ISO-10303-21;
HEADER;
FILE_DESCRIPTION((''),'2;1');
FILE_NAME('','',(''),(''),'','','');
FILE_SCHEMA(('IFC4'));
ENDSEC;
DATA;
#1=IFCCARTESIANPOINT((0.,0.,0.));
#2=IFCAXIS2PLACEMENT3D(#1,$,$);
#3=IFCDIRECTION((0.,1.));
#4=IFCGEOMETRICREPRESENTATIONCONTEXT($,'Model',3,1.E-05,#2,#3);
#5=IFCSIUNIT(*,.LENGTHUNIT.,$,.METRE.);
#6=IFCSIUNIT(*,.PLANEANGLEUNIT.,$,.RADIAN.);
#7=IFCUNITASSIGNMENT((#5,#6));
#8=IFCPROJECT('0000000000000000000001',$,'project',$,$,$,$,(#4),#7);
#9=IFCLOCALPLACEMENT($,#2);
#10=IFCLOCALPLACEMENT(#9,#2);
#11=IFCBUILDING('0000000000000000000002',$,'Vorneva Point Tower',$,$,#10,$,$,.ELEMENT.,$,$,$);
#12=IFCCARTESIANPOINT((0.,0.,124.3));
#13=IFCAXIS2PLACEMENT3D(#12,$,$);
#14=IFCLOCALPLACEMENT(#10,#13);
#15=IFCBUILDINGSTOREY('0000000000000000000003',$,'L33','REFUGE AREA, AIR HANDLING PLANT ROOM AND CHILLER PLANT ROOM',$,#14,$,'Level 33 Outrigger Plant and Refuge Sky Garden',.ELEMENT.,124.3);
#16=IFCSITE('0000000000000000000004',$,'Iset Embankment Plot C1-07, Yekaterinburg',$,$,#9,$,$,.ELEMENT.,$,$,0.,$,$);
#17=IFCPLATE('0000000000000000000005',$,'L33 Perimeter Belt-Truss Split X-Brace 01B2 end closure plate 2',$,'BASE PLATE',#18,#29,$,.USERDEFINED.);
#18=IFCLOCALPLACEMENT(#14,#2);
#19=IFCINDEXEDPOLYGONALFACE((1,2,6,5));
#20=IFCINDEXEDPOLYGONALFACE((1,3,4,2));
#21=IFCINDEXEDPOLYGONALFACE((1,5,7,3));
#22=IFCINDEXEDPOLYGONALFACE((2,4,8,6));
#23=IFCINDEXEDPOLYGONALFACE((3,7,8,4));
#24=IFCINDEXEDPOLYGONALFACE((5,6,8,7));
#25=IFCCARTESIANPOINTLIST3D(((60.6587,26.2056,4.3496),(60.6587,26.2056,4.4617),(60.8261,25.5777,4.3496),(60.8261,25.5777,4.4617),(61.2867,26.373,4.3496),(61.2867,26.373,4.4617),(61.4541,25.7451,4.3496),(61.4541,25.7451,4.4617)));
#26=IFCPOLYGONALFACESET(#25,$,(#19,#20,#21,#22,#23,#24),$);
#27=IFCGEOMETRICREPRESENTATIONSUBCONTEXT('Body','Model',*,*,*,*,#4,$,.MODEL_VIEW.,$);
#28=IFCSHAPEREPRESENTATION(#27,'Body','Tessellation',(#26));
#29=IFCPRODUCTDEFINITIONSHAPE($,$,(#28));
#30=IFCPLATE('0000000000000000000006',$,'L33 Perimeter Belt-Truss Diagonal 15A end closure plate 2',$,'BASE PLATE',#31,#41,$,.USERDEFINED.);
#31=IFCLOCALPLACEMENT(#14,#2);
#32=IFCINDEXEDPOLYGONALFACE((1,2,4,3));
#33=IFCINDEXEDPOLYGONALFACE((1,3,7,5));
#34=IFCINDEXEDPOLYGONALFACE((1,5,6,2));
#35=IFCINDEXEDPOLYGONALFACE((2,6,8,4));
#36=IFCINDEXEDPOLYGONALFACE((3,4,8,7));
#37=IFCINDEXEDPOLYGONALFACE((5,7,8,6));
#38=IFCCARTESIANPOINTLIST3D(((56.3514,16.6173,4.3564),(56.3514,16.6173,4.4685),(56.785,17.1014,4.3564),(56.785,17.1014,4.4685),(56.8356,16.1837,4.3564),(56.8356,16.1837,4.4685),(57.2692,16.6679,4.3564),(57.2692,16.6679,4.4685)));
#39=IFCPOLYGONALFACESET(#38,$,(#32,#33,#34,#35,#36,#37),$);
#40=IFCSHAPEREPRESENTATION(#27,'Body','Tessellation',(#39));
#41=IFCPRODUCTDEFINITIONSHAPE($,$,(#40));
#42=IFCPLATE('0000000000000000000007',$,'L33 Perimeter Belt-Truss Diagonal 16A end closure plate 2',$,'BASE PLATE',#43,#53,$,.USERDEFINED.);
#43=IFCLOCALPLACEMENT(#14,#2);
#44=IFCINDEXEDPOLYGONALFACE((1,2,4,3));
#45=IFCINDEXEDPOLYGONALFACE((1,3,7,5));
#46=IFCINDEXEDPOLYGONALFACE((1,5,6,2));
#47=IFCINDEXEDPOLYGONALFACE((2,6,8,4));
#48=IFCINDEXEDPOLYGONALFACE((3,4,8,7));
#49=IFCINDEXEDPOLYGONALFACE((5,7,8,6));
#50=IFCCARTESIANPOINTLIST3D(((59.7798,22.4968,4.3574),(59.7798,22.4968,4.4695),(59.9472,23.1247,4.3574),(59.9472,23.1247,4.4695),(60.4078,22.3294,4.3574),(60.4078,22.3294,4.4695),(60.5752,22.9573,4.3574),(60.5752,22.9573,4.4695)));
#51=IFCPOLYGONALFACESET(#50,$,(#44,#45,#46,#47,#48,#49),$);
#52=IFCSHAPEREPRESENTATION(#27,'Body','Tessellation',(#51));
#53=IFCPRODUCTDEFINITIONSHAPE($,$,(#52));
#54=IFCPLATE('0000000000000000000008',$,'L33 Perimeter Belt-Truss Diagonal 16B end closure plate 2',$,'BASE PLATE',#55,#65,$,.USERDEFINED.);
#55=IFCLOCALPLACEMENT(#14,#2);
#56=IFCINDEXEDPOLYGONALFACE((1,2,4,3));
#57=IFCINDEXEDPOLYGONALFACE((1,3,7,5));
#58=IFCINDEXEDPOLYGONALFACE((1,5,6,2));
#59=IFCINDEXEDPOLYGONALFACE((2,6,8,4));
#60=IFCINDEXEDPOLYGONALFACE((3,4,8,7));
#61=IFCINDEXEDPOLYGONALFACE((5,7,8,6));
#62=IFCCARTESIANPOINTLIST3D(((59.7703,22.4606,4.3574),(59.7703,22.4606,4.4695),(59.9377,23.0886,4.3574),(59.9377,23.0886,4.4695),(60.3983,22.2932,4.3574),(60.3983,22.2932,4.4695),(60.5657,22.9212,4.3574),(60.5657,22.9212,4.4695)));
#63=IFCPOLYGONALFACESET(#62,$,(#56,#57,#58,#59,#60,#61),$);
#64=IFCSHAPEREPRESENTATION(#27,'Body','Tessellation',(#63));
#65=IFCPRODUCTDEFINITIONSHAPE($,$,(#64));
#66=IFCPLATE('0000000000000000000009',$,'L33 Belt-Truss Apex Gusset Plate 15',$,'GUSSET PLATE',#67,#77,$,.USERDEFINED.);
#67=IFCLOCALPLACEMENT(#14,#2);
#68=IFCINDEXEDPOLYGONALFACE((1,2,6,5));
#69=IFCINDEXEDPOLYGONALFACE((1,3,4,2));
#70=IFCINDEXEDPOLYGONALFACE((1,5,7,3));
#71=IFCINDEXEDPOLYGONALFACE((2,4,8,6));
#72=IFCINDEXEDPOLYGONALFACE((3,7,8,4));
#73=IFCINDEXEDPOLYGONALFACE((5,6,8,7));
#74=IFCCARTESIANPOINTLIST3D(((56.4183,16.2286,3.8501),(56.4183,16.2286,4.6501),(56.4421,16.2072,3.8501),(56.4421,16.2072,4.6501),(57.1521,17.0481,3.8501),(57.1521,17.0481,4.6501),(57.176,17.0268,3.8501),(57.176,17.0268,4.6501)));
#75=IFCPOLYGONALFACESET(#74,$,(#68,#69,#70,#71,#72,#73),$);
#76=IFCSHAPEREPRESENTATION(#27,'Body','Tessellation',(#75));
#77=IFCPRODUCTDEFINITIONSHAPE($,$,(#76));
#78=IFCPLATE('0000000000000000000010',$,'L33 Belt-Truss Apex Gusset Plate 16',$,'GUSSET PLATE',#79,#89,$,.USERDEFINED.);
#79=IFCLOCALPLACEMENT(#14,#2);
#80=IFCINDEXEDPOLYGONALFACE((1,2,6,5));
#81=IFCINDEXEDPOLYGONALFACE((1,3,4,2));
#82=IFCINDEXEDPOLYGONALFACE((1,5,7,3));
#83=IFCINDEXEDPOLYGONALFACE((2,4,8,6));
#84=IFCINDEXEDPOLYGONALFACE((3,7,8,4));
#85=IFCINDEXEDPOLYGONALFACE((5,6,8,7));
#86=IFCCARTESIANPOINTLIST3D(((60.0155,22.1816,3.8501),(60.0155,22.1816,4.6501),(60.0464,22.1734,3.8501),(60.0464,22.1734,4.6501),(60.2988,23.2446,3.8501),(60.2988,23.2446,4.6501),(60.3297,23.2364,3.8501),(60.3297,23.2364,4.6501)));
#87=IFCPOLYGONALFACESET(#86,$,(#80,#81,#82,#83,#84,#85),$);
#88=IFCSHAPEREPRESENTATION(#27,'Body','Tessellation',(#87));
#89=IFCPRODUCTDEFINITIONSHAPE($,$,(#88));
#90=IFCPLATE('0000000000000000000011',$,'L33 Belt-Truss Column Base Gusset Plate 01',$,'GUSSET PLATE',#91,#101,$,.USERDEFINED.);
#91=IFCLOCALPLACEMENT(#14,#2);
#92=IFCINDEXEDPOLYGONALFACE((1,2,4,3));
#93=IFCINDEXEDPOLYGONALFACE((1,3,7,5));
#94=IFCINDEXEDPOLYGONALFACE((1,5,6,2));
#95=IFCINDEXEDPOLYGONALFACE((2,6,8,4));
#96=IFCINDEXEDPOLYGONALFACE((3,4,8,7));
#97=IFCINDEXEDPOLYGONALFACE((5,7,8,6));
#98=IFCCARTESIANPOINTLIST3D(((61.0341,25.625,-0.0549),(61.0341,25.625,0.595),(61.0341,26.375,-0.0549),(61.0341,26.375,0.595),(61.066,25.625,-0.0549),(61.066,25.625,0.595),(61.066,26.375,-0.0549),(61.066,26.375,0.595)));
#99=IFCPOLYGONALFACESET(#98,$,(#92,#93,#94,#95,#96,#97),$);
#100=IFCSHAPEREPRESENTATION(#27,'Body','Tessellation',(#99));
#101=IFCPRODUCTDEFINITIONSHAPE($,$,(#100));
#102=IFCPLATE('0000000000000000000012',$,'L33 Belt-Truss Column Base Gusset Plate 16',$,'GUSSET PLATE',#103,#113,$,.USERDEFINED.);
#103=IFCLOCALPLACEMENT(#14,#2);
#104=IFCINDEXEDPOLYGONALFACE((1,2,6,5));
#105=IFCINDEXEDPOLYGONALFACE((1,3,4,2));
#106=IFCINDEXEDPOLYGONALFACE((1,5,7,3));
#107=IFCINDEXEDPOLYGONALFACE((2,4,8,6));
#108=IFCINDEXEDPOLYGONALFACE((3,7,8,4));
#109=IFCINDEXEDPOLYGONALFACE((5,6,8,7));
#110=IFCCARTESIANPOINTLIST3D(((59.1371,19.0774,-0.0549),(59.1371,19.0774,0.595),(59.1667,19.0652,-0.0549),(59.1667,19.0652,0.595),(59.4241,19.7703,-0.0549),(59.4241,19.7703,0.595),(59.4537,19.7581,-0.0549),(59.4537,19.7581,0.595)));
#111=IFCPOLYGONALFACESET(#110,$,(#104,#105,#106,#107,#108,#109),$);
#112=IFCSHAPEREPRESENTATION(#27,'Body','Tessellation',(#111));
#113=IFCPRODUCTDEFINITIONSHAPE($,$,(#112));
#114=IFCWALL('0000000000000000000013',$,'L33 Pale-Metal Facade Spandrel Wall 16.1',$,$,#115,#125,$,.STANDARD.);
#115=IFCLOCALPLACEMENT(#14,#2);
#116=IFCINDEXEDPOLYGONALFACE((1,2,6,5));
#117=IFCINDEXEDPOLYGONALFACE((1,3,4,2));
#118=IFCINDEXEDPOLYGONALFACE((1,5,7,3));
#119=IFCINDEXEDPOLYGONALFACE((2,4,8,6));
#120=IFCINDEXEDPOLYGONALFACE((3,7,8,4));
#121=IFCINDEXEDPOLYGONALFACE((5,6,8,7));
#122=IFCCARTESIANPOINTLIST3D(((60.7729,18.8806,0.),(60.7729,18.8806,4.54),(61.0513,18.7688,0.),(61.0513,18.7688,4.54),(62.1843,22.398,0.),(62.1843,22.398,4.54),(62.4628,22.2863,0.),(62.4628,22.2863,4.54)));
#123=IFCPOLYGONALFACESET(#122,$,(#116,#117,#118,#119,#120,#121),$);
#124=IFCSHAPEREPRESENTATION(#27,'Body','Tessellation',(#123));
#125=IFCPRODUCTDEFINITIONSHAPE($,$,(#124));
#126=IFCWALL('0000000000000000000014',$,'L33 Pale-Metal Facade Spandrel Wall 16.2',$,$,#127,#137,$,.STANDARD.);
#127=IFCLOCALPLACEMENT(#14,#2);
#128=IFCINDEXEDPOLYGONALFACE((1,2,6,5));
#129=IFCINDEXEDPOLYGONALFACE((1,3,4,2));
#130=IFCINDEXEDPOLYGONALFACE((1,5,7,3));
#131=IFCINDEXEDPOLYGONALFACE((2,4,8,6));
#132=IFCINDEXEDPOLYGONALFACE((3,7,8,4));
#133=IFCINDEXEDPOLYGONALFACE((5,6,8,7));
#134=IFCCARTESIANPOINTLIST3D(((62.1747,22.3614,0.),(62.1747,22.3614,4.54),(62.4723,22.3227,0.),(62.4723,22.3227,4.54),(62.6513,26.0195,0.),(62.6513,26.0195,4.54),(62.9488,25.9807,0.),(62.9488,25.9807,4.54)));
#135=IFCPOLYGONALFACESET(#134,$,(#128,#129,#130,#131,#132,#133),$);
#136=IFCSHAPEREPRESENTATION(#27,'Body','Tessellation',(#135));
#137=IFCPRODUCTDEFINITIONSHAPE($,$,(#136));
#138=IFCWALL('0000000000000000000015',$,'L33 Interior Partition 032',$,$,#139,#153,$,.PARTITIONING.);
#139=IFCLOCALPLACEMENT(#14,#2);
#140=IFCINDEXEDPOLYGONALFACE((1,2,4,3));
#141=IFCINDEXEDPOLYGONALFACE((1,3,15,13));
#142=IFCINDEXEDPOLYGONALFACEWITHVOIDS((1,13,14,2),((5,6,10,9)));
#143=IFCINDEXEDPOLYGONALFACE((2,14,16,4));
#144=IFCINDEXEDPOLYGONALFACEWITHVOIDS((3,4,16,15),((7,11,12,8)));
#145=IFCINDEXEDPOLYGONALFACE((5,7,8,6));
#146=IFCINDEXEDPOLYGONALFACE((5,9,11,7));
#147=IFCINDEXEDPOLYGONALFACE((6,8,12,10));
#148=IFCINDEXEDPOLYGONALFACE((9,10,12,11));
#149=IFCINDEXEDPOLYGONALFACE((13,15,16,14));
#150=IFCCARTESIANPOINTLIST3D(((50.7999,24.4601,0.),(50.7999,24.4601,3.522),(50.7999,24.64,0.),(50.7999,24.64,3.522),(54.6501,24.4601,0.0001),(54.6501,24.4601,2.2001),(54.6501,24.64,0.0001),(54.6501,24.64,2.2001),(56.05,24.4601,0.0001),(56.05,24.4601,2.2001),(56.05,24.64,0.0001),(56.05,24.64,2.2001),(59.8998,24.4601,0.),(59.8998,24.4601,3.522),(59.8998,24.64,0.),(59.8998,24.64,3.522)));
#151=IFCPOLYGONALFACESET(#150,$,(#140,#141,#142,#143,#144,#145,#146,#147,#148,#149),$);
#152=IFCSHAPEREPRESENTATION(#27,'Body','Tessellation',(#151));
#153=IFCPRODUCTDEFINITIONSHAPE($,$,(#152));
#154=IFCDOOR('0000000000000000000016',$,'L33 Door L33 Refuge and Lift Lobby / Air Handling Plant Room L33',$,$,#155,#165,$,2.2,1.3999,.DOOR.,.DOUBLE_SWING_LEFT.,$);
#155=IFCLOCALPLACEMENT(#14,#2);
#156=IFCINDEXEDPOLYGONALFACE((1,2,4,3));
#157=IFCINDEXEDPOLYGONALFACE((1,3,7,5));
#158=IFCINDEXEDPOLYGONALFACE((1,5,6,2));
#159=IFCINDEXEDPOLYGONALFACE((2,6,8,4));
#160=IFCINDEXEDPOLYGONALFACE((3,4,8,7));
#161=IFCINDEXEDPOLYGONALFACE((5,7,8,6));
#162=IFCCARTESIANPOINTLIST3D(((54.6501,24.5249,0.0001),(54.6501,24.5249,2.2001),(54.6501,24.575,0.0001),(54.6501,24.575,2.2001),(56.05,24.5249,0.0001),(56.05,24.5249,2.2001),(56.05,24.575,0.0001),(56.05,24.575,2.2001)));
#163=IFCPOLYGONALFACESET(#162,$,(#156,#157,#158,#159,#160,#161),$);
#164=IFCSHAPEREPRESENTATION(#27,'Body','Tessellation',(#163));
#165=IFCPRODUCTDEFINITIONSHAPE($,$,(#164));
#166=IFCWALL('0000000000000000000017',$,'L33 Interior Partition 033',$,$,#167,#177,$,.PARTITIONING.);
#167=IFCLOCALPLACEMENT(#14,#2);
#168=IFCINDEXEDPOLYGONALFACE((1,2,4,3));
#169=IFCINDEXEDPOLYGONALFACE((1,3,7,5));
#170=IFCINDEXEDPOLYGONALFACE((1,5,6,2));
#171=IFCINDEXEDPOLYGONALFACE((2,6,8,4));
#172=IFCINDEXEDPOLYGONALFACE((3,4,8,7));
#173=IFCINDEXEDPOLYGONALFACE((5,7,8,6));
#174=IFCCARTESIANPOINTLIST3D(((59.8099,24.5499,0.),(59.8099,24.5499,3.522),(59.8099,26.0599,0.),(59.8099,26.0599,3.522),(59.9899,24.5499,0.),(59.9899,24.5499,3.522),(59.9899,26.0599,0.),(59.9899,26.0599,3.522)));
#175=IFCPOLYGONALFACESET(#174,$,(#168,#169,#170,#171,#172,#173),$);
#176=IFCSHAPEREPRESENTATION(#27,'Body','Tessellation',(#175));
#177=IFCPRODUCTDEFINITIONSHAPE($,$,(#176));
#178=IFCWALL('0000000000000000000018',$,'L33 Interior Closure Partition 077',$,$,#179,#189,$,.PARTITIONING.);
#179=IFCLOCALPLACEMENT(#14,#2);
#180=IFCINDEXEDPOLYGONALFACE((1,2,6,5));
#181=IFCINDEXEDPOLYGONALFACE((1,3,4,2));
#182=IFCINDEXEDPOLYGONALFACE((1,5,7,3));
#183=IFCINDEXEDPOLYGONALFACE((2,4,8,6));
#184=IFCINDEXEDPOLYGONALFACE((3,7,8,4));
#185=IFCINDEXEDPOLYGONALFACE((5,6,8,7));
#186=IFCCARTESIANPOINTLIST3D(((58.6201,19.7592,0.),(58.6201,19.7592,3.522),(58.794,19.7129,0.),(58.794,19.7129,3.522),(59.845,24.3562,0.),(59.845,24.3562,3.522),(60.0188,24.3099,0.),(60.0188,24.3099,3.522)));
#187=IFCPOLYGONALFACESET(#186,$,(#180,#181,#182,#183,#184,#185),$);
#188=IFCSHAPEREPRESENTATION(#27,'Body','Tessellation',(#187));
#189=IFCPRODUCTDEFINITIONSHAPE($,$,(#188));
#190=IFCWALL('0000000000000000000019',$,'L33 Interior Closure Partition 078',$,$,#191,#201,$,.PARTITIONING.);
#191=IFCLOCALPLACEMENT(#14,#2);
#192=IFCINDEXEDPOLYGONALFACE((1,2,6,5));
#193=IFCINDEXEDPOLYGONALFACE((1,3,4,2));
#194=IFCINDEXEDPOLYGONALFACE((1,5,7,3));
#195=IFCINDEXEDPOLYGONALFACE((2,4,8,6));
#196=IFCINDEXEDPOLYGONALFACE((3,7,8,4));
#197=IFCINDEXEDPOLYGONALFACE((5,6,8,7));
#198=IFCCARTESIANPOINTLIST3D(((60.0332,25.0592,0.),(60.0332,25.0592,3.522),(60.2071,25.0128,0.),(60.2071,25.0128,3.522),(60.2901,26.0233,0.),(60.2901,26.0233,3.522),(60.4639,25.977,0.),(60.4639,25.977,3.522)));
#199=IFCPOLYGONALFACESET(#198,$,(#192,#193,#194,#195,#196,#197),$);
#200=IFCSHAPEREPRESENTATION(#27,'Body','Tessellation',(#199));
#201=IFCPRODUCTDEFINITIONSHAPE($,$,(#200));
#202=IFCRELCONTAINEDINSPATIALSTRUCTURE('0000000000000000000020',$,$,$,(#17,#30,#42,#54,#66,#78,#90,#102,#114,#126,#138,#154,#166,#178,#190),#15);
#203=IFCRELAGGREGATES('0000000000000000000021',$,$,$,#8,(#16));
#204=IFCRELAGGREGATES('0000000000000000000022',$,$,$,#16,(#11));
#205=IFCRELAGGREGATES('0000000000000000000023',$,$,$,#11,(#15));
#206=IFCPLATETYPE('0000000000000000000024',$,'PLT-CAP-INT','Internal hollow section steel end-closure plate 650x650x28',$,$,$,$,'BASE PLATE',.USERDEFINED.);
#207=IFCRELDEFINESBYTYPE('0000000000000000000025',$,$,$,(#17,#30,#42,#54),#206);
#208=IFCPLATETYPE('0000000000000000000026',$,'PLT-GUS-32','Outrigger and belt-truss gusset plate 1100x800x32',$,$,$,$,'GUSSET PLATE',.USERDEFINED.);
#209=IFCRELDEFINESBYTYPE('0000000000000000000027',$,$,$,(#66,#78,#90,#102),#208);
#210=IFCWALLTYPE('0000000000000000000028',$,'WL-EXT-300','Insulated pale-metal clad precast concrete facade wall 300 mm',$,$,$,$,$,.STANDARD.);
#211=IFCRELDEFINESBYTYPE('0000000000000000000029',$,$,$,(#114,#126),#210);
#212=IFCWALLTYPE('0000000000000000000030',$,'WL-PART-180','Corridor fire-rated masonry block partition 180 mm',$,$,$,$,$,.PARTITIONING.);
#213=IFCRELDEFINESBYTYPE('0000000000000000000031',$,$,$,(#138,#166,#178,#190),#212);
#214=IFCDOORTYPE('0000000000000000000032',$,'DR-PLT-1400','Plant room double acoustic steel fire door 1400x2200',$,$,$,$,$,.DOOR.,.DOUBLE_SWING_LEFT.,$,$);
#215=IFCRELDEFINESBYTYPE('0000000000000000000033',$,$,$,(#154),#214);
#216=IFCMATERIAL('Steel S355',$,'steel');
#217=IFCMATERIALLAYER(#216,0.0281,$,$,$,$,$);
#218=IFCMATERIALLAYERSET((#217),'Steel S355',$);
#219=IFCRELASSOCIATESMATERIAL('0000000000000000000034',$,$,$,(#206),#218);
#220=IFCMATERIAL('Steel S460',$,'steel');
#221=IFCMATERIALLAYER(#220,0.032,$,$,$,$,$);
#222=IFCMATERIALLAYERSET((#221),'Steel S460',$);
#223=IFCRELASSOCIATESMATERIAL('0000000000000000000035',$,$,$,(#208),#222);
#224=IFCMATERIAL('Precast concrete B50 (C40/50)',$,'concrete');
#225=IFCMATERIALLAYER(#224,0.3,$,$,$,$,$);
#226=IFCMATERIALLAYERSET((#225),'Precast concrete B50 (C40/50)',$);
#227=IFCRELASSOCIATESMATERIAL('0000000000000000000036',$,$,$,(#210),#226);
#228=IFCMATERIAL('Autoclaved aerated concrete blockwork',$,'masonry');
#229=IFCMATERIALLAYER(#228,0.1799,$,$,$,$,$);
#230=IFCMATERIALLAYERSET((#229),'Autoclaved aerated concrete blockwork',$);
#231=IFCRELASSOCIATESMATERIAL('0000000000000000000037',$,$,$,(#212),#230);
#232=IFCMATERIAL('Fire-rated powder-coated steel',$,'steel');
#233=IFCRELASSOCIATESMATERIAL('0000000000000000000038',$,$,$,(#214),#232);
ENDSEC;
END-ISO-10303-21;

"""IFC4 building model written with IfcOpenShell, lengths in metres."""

from ifc_helpers import new_model, si_unit, direction, frame, frame_2d, origin, origin_2d, place, context, subcontext, project, spatial, rectangle, extrude, material, layer, layer_set, type_object, element, fill, save


model = new_model("IFC4")

# Units and contexts
model_context = context("Model", 3, precision=1e-05, world=origin(), true_north=direction((0.0, 1.0)))
body_context = subcontext(model_context, "Body", "Model", "MODEL_VIEW")
ifc_project = project(units=[si_unit("LENGTHUNIT", "METRE"), si_unit("PLANEANGLEUNIT", "RADIAN")], contexts=[model_context])

# Site, building, storey
site_placement = place(None, origin())
site = spatial("IfcSite", under=ifc_project, at=site_placement, Name="Iset Embankment Plot C1-07, Yekaterinburg", CompositionType="ELEMENT", RefElevation=0.0)
building_placement = place(site_placement, origin())
building = spatial("IfcBuilding", under=site, at=building_placement, Name="Vorneva Point Tower", CompositionType="ELEMENT")
storey_placement = place(building_placement, frame((0.0, 0.0, 124.3)))
storey = spatial("IfcBuildingStorey", under=building, at=storey_placement, Name="L33", Description="REFUGE AREA, AIR HANDLING PLANT ROOM AND CHILLER PLANT ROOM", LongName="Level 33 Outrigger Plant and Refuge Sky Garden", CompositionType="ELEMENT", Elevation=124.3)

# Shared definitions
ifc_material_1 = material(Name="Steel S460", Category="steel")
ifc_material_2 = material(Name="Steel S355", Category="steel")

# Plates
ifc_layer_1 = layer(ifc_material_2, 0.0281)
ifc_layer_set_1 = layer_set([ifc_layer_1], Name="Steel S355")
plate_type_1 = type_object("IfcPlateType", Name="PLT-CAP-INT", Description="Internal hollow section steel end-closure plate 650x650x28", ElementType="BASE PLATE", PredefinedType="USERDEFINED", material=ifc_layer_set_1)
for number, where, z_axis, x_axis, name in (
    (1, (61.0564, 25.9753, 4.3496), (0.0, 0.0, 1.0), (0.257571, -0.966259, 0.0), "L33 Perimeter Belt-Truss Split X-Brace 01B2 end closure plate 2"),
    (2, (56.8103, 16.6426, 4.3564), (0.0, 0.0, 1.0), (0.667092, 0.744976, 0.0), "L33 Perimeter Belt-Truss Diagonal 15A end closure plate 2"),
    (3, (60.1775, 22.7271, 4.3574), (0.0, 0.0, 1.0), (0.257571, 0.966259, 0.0), "L33 Perimeter Belt-Truss Diagonal 16A end closure plate 2"),
    (4, (60.168, 22.6909, 4.3574), (0.0, 0.0, 1.0), (-0.257571, -0.966259, 0.0), "L33 Perimeter Belt-Truss Diagonal 16B end closure plate 2"),
):
    element("IfcPlate", number, at=place(storey_placement, frame(where, z_axis=z_axis, x_axis=x_axis)), inside=storey, type_object=plate_type_1, Name=name, ObjectType="BASE PLATE", PredefinedType="USERDEFINED", context=body_context, shape_type="SweptSolid", body=[
        extrude(rectangle(XDim=0.6499, YDim=0.6499, at=origin_2d()), origin(), (0.0, 0.0, 1.0), 0.1121),
    ])
ifc_layer_2 = layer(ifc_material_1, 0.032)
ifc_layer_set_2 = layer_set([ifc_layer_2], Name="Steel S460")
plate_type_2 = type_object("IfcPlateType", Name="PLT-GUS-32", Description="Outrigger and belt-truss gusset plate 1100x800x32", ElementType="GUSSET PLATE", PredefinedType="USERDEFINED", material=ifc_layer_set_2)
for number, where, z_axis, x_axis, name in (
    (5, (56.7971, 16.6277, 3.8501), (0.0, 0.0, 1.0), (0.667092, 0.744976, 0.0), "L33 Belt-Truss Apex Gusset Plate 15"),
    (6, (60.1726, 22.709, 3.8501), (0.0, 0.0, 1.0), (0.257571, 0.966259, 0.0), "L33 Belt-Truss Apex Gusset Plate 16"),
):
    element("IfcPlate", number, at=place(storey_placement, frame(where, z_axis=z_axis, x_axis=x_axis)), inside=storey, type_object=plate_type_2, Name=name, ObjectType="GUSSET PLATE", PredefinedType="USERDEFINED", context=body_context, shape_type="SweptSolid", body=[
        extrude(rectangle(XDim=1.1001, YDim=0.032, at=origin_2d()), origin(), (0.0, 0.0, 1.0), 0.8),
    ])
for number, where, z_axis, x_axis, name in (
    (7, (61.05, 26.0, -0.0549), (0.0, 0.0, 1.0), (0.0, 1.0, 0.0), "L33 Belt-Truss Column Base Gusset Plate 01"),
    (8, (59.2954, 19.4177, -0.0549), (0.0, 0.0, 1.0), (0.382683, 0.92388, 0.0), "L33 Belt-Truss Column Base Gusset Plate 16"),
):
    element("IfcPlate", number, at=place(storey_placement, frame(where, z_axis=z_axis, x_axis=x_axis)), inside=storey, type_object=plate_type_2, Name=name, ObjectType="GUSSET PLATE", PredefinedType="USERDEFINED", context=body_context, shape_type="SweptSolid", body=[
        extrude(rectangle(XDim=0.75, YDim=0.032, at=origin_2d()), origin(), (0.0, 0.0, 1.0), 0.6499),
    ])

# Walls
ifc_material_3 = material(Name="Precast concrete B50 (C40/50)", Category="concrete")
ifc_layer_3 = layer(ifc_material_3, 0.3)
ifc_layer_set_3 = layer_set([ifc_layer_3], Name="Precast concrete B50 (C40/50)")
wall_type_1 = type_object("IfcWallType", Name="WL-EXT-300", Description="Insulated pale-metal clad precast concrete facade wall 300 mm", PredefinedType="STANDARD", material=ifc_layer_set_3)
wall_1_placement = place(storey_placement, frame((60.9121, 18.8247, 0.0), z_axis=(0.0, 0.0, 1.0), x_axis=(0.372401, 0.928072, 0.0)))
element("IfcWall", 9, at=wall_1_placement, inside=storey, type_object=wall_type_1, Name="L33 Pale-Metal Facade Spandrel Wall 16.1", PredefinedType="STANDARD", context=body_context, shape_type="SweptSolid", body=[
    extrude(rectangle(XDim=3.79, YDim=0.3, at=frame_2d((1.895, 0.0))), origin(), (0.0, 0.0, 1.0), 4.54),
])
wall_2_placement = place(storey_placement, frame((62.3235, 22.342, 0.0), z_axis=(0.0, 0.0, 1.0), x_axis=(0.129189, 0.99162, 0.0)))
element("IfcWall", 10, at=wall_2_placement, inside=storey, type_object=wall_type_1, Name="L33 Pale-Metal Facade Spandrel Wall 16.2", PredefinedType="STANDARD", context=body_context, shape_type="SweptSolid", body=[
    extrude(rectangle(XDim=3.689, YDim=0.3, at=frame_2d((1.8445, 0.0))), origin(), (0.0, 0.0, 1.0), 4.54),
])

# Wall, opening, door
ifc_material_4 = material(Name="Autoclaved aerated concrete blockwork", Category="masonry")
ifc_layer_4 = layer(ifc_material_4, 0.1799)
ifc_layer_set_4 = layer_set([ifc_layer_4], Name="Autoclaved aerated concrete blockwork")
wall_type_2 = type_object("IfcWallType", Name="WL-PART-180", Description="Corridor fire-rated masonry block partition 180 mm", PredefinedType="PARTITIONING", material=ifc_layer_set_4)
wall_3_placement = place(storey_placement, frame((50.8, 24.55, 0.0), z_axis=(0.0, 0.0, 1.0), x_axis=(1.0, 0.0, 0.0)))
wall_3 = element("IfcWall", 11, at=wall_3_placement, inside=storey, type_object=wall_type_2, Name="L33 Interior Partition 032", PredefinedType="PARTITIONING", context=body_context, shape_type="SweptSolid", body=[
    extrude(rectangle(XDim=9.0999, YDim=0.1799, at=frame_2d((4.5498, 0.0))), origin(), (0.0, 0.0, 1.0), 3.522),
])
opening_placement = place(wall_3_placement, frame((3.8501, 0.0, 0.0)))
opening = element("IfcOpeningElement", 12, at=opening_placement, cuts=wall_3, PredefinedType="OPENING", context=body_context, shape_type="SweptSolid", body=[
    extrude(rectangle(XDim=1.3999, YDim=2.2, at=frame_2d((0.7, 1.1001))), frame((0.0, 0.105, 0.0), z_axis=(0.0, -1.0, 0.0), x_axis=(1.0, 0.0, 0.0)), (0.0, 0.0, 1.0), 0.2097),
])
ifc_material_5 = material(Name="Fire-rated powder-coated steel", Category="steel")
door_type = type_object("IfcDoorType", Name="DR-PLT-1400", Description="Plant room double acoustic steel fire door 1400x2200", OperationType="DOUBLE_SWING_LEFT", PredefinedType="DOOR", material=ifc_material_5)
door_placement = place(opening_placement, origin())
door = element("IfcDoor", 13, at=door_placement, inside=storey, type_object=door_type, Name="L33 Door L33 Refuge and Lift Lobby / Air Handling Plant Room L33", OperationType="DOUBLE_SWING_LEFT", OverallHeight=2.2, OverallWidth=1.3999, PredefinedType="DOOR", context=body_context, shape_type="SweptSolid", body=[
    extrude(rectangle(XDim=1.3999, YDim=2.2, at=frame_2d((0.7, 1.1001))), frame((0.0, 0.0249, 0.0), z_axis=(0.0, -1.0, 0.0), x_axis=(1.0, 0.0, 0.0)), (0.0, 0.0, 1.0), 0.05),
])
fill(opening, door)

# Walls
wall_4_placement = place(storey_placement, frame((59.8999, 24.55, 0.0), z_axis=(0.0, 0.0, 1.0), x_axis=(0.0, 1.0, 0.0)))
element("IfcWall", 14, at=wall_4_placement, inside=storey, type_object=wall_type_2, Name="L33 Interior Partition 033", PredefinedType="PARTITIONING", context=body_context, shape_type="SweptSolid", body=[
    extrude(rectangle(XDim=1.51, YDim=0.1799, at=frame_2d((0.7549, 0.0))), origin(), (0.0, 0.0, 1.0), 3.522),
])
wall_5_placement = place(storey_placement, frame((58.707, 19.7361, 0.0), z_axis=(0.0, 0.0, 1.0), x_axis=(0.257468, 0.966287, 0.0)))
element("IfcWall", 15, at=wall_5_placement, inside=storey, type_object=wall_type_2, Name="L33 Interior Closure Partition 077", PredefinedType="PARTITIONING", context=body_context, shape_type="SweptSolid", body=[
    extrude(rectangle(XDim=4.7573, YDim=0.1799, at=frame_2d((2.3787, 0.0))), origin(), (0.0, 0.0, 1.0), 3.522),
])
wall_6_placement = place(storey_placement, frame((60.1201, 25.0359, 0.0), z_axis=(0.0, 0.0, 1.0), x_axis=(0.257419, 0.9663, 0.0)))
element("IfcWall", 16, at=wall_6_placement, inside=storey, type_object=wall_type_2, Name="L33 Interior Closure Partition 078", PredefinedType="PARTITIONING", context=body_context, shape_type="SweptSolid", body=[
    extrude(rectangle(XDim=0.9978, YDim=0.1799, at=frame_2d((0.499, 0.0))), origin(), (0.0, 0.0, 1.0), 3.522),
])

save(model, "model.ifc")
